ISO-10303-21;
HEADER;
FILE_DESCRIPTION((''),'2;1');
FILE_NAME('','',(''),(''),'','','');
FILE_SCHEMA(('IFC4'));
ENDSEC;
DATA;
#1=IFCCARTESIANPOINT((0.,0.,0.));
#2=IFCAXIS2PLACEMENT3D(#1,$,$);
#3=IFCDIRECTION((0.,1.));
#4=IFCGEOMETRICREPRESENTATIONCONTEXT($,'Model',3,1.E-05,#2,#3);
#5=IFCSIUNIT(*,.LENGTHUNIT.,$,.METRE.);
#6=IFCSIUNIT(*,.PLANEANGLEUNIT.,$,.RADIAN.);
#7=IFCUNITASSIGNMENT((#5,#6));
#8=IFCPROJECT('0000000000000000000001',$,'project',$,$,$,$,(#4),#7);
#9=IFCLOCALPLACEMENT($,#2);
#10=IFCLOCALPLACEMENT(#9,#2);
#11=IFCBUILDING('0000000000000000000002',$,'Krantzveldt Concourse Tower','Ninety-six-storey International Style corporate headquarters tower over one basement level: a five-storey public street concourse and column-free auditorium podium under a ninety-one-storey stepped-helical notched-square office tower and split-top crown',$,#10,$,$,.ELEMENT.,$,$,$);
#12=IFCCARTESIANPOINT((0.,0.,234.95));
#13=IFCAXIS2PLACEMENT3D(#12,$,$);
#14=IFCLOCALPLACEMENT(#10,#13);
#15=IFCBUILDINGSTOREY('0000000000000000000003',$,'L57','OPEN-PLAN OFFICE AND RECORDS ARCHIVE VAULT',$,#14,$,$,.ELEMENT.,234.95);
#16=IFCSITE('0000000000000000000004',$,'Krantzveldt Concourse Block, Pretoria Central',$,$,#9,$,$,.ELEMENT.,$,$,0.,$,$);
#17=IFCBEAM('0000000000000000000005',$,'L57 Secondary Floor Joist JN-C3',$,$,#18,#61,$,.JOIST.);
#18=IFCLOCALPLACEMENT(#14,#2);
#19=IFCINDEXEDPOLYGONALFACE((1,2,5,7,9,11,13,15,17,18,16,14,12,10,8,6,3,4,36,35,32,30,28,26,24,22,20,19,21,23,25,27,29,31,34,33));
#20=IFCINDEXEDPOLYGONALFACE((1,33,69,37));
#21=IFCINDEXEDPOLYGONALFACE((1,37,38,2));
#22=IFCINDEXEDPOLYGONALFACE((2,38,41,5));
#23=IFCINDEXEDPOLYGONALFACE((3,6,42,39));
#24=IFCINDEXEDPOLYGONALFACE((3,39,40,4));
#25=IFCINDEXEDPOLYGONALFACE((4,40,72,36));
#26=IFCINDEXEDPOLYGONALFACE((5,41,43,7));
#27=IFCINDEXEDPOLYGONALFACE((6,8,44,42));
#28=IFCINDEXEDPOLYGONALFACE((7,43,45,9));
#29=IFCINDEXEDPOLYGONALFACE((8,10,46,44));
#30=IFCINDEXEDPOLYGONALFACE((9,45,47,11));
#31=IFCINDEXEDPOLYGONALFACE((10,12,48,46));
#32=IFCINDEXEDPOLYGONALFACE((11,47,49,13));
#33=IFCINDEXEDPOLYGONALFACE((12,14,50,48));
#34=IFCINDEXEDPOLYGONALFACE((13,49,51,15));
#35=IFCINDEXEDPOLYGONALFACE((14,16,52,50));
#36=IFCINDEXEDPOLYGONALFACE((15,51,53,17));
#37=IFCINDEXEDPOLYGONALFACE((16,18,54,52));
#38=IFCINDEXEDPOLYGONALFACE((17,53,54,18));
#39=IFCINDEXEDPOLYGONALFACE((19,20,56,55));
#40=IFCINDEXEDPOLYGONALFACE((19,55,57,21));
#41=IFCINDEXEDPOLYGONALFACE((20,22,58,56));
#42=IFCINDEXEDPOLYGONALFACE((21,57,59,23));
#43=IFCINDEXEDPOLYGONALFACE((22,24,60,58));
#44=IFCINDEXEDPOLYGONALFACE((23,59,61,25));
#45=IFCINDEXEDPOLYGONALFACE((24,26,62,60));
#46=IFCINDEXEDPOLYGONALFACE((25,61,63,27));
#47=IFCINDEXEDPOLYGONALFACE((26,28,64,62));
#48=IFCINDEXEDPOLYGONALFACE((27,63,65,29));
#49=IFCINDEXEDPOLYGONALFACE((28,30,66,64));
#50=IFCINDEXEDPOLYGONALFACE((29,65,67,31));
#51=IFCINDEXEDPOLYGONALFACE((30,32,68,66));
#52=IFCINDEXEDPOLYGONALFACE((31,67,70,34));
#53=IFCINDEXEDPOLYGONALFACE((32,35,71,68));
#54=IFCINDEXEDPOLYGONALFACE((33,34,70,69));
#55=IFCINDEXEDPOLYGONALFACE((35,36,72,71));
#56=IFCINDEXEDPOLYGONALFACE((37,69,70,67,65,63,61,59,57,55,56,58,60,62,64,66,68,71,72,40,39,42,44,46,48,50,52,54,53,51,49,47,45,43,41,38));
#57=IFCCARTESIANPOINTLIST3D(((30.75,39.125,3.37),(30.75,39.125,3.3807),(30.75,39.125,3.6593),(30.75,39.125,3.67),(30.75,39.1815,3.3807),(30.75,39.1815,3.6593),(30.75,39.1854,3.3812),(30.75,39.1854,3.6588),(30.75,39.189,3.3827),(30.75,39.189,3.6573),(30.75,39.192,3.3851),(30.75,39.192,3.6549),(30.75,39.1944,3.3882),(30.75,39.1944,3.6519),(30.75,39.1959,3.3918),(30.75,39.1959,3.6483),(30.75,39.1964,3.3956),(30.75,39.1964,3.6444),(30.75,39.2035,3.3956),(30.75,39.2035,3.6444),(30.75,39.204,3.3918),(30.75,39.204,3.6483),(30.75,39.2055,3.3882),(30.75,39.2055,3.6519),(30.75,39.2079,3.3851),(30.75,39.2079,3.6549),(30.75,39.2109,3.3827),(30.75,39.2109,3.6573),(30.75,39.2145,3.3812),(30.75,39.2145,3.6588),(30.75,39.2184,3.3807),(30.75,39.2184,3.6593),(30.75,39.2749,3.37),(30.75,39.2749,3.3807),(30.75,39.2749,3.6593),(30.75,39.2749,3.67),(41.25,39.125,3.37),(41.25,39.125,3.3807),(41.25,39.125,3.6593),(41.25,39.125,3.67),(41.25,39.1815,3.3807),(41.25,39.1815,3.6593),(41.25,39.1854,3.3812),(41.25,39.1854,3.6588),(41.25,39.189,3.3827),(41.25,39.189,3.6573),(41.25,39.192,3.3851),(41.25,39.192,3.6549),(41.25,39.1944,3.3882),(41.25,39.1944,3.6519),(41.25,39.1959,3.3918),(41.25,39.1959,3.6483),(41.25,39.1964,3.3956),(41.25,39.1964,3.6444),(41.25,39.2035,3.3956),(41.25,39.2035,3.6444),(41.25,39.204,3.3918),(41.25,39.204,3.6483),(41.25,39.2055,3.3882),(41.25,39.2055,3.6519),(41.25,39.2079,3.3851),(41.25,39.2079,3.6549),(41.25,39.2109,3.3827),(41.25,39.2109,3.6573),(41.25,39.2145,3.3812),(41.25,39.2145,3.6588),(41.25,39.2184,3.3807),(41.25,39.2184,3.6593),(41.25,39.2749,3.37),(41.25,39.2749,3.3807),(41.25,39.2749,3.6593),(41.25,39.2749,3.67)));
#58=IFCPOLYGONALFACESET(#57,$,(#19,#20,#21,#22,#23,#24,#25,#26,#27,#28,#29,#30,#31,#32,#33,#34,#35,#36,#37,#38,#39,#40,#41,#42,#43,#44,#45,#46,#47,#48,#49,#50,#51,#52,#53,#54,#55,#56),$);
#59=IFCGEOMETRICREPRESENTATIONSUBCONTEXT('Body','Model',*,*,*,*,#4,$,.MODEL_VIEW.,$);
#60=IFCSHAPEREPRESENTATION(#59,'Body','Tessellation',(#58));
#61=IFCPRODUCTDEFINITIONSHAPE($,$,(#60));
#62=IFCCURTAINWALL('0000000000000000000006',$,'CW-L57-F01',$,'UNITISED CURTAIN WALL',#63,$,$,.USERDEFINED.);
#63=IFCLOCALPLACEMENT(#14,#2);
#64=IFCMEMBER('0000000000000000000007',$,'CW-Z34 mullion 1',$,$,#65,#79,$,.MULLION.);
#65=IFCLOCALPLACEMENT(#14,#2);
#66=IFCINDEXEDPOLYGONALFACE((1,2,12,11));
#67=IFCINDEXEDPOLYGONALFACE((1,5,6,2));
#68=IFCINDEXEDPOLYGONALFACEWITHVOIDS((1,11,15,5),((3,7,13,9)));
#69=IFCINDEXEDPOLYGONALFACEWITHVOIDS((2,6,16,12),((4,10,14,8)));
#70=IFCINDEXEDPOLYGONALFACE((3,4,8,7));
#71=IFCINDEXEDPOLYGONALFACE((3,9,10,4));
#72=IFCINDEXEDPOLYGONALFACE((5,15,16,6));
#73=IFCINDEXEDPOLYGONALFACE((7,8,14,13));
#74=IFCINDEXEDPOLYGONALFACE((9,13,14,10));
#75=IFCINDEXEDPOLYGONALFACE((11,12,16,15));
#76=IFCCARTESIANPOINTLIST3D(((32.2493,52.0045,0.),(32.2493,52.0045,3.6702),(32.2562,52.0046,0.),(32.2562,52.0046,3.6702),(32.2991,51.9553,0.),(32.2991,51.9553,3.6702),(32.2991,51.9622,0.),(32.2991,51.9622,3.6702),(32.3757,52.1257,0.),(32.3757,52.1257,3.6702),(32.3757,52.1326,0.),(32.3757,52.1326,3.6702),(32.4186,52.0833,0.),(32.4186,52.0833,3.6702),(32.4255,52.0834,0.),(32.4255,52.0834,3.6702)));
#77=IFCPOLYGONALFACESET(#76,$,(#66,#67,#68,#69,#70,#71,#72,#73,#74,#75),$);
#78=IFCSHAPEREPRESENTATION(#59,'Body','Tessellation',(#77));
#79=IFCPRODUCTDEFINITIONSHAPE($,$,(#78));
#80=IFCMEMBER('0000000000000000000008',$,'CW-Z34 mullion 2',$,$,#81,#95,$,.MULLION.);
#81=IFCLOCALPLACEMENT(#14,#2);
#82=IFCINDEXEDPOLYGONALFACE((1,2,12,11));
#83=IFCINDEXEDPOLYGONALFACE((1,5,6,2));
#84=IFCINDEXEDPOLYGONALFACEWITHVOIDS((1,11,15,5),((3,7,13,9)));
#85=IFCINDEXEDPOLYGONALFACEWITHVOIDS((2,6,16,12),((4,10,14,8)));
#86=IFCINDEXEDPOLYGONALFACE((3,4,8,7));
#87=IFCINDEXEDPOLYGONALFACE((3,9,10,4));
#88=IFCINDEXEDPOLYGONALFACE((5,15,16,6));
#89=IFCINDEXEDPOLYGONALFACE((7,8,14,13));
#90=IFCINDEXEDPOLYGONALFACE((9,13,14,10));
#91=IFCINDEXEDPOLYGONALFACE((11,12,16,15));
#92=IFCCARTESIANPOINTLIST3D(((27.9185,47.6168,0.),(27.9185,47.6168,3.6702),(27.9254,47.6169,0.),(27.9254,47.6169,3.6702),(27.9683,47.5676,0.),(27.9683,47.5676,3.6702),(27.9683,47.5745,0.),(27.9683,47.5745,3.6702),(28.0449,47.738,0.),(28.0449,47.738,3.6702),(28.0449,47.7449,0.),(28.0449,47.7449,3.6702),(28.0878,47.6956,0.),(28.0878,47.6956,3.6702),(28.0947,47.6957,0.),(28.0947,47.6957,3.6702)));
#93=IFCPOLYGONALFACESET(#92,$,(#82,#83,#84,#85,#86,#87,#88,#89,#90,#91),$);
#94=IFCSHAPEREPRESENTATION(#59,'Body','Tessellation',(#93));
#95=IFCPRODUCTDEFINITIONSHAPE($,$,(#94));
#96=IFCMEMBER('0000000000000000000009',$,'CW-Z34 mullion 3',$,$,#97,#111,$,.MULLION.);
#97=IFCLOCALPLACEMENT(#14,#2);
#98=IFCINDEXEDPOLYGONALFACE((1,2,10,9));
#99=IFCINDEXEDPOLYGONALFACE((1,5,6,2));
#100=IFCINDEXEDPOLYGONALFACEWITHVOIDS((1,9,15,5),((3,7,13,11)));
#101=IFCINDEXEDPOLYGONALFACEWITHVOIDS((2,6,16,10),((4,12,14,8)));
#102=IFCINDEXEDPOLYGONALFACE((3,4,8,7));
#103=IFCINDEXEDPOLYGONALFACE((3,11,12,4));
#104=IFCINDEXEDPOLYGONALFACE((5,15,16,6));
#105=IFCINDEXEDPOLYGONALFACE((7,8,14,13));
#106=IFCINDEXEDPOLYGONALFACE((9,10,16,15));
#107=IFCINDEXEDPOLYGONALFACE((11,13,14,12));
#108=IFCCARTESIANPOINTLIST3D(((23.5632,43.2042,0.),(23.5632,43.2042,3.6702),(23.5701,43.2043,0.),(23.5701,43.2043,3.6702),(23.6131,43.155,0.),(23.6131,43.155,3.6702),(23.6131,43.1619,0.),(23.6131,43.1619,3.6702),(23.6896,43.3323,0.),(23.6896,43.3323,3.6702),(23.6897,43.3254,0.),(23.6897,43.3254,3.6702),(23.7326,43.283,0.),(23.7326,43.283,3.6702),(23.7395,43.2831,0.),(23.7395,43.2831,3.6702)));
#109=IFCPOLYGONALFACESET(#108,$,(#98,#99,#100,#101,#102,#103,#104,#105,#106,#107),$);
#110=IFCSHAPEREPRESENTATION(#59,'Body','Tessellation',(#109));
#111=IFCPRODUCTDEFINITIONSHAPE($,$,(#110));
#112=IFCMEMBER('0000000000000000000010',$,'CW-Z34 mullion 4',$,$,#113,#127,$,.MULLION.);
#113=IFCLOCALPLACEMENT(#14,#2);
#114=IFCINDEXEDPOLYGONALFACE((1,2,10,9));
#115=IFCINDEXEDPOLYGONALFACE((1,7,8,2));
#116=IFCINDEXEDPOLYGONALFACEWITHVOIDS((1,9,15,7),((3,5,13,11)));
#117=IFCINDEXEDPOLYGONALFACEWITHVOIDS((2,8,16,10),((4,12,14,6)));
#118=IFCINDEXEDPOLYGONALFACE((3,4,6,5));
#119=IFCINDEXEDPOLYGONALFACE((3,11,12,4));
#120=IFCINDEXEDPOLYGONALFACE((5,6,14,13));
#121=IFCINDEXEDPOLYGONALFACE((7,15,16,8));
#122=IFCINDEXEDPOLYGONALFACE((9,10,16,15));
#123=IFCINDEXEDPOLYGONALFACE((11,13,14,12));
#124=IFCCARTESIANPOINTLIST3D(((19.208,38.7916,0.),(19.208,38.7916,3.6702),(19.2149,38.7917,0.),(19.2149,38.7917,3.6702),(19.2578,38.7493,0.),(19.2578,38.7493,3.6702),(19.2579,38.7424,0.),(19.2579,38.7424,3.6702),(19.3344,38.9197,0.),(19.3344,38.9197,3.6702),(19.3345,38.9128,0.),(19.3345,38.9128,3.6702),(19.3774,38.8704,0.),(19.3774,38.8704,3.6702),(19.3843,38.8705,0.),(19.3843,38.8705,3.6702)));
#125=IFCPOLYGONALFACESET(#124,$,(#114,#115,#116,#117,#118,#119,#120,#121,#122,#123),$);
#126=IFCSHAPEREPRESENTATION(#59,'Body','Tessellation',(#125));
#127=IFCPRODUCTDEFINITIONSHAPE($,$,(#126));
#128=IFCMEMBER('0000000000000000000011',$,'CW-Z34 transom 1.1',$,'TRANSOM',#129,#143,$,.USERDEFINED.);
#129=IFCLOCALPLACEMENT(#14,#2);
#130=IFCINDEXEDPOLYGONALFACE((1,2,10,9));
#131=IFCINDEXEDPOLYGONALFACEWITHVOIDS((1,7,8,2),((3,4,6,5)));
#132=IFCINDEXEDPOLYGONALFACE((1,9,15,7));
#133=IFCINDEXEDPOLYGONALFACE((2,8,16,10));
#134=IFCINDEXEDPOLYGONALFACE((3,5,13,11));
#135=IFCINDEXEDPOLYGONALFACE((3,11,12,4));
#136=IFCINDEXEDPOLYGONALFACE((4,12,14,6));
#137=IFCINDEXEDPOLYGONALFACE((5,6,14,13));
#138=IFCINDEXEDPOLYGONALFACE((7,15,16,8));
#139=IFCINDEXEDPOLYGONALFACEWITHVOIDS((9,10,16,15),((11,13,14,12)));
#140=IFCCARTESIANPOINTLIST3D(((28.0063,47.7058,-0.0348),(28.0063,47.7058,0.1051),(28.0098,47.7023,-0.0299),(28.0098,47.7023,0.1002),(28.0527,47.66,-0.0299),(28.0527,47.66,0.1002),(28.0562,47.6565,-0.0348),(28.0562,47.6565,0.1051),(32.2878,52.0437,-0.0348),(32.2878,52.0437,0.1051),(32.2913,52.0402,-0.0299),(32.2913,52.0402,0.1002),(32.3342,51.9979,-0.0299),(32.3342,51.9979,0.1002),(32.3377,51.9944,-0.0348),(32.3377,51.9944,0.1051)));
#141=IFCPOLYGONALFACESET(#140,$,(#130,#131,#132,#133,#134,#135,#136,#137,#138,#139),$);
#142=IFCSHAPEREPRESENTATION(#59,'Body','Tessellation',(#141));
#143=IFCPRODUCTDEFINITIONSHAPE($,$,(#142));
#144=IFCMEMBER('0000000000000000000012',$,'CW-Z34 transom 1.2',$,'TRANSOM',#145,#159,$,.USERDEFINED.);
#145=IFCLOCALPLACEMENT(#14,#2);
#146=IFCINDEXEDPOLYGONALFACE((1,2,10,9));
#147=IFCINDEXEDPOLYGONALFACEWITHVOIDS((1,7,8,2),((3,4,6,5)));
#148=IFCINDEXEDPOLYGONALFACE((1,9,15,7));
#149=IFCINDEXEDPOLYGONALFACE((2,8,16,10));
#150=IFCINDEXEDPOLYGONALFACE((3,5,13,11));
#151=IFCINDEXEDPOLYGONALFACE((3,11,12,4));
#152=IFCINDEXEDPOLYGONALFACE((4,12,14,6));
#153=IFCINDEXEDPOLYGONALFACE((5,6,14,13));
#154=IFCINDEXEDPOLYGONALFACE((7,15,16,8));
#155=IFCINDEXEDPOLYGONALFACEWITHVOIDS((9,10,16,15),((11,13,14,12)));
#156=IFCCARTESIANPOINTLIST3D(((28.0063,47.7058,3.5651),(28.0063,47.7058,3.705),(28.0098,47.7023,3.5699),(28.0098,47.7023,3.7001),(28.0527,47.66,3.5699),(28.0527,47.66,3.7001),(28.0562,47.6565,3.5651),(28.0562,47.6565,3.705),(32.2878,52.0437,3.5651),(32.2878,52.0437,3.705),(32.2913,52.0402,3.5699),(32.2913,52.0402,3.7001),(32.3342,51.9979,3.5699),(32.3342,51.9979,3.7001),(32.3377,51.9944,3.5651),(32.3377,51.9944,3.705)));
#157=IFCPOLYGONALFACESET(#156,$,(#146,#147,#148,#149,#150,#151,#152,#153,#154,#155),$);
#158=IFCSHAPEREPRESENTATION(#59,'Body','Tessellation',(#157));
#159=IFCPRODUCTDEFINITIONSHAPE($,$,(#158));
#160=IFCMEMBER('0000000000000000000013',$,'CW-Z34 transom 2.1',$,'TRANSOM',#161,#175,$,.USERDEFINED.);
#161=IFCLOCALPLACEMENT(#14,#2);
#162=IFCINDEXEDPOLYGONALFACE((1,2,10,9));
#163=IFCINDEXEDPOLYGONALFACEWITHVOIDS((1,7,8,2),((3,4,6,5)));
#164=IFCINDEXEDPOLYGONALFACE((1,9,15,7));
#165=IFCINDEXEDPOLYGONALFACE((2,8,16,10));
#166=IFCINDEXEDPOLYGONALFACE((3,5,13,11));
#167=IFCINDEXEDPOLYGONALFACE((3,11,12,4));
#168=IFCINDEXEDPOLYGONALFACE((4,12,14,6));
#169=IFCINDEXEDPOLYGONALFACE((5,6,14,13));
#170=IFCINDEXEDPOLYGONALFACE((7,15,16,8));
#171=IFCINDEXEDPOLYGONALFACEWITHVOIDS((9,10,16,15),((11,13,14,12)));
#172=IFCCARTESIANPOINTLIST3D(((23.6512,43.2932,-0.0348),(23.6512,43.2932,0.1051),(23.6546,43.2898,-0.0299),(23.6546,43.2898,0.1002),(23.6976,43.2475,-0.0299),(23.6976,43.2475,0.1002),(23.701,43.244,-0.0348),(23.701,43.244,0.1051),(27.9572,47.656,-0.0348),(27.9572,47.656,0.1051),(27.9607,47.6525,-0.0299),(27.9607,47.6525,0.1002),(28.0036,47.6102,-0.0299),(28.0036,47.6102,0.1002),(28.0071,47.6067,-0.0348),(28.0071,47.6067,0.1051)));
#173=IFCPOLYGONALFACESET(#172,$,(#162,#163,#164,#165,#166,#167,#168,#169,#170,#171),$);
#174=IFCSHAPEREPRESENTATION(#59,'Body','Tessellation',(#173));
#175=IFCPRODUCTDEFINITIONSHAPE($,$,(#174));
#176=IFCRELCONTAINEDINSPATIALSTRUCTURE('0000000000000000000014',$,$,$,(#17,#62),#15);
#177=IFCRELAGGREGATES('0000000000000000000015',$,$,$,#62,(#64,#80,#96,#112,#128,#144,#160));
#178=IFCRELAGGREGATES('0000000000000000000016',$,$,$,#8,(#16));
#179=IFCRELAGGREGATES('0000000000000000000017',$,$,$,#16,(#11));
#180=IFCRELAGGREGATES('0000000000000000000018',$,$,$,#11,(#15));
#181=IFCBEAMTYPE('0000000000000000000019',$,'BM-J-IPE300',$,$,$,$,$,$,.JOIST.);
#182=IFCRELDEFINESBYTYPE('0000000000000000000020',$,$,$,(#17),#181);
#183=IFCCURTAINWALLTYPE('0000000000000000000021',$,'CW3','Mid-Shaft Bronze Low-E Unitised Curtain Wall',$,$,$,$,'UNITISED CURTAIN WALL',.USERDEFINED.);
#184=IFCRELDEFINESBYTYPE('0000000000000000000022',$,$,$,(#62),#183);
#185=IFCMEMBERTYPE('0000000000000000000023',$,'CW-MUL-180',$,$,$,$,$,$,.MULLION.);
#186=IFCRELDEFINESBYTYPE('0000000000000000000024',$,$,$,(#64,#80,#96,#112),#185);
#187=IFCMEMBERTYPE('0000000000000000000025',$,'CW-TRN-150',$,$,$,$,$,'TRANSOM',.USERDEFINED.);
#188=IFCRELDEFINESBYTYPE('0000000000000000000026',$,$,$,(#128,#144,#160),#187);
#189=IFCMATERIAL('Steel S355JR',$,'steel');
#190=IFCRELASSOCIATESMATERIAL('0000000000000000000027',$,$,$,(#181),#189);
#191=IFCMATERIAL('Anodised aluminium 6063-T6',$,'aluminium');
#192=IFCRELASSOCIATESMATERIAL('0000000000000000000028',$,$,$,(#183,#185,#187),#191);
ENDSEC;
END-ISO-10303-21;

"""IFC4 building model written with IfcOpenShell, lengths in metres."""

from ifc_helpers import new_model, si_unit, direction, frame, origin, origin_2d, place, context, subcontext, project, spatial, hollow_rectangle, i_section, extrude, source, transform, mapped, material, material_profile, profile_set, type_object, type_shapes, element, aggregate, save


model = new_model("IFC4")

# Units and contexts
model_context = context("Model", 3, precision=1e-05, world=origin(), true_north=direction((0.0, 1.0)))
body_context = subcontext(model_context, "Body", "Model", "MODEL_VIEW")
ifc_project = project(units=[si_unit("LENGTHUNIT", "METRE"), si_unit("PLANEANGLEUNIT", "RADIAN")], contexts=[model_context])

# Site, building, storey
site_placement = place(None, origin())
site = spatial("IfcSite", under=ifc_project, at=site_placement, Name="Krantzveldt Concourse Block, Pretoria Central", CompositionType="ELEMENT", RefElevation=0.0)
building_placement = place(site_placement, origin())
building = spatial("IfcBuilding", under=site, at=building_placement, Name="Krantzveldt Concourse Tower", Description="Ninety-six-storey International Style corporate headquarters tower over one basement level: a five-storey public street concourse and column-free auditorium podium under a ninety-one-storey stepped-helical notched-square office tower and split-top crown", CompositionType="ELEMENT")
storey_placement = place(building_placement, frame((0.0, 0.0, 234.95)))
storey = spatial("IfcBuildingStorey", under=building, at=storey_placement, Name="L57", Description="OPEN-PLAN OFFICE AND RECORDS ARCHIVE VAULT", CompositionType="ELEMENT", Elevation=234.95)

# Beam
ifc_material_1 = material(Name="Steel S355JR", Category="steel")
ifc_material_profile_1 = material_profile(ifc_material_1, i_section(OverallWidth=0.1499, OverallDepth=0.3, WebThickness=0.0071, FlangeThickness=0.0107, FilletRadius=0.0149, at=origin_2d()), Name="Steel S355JR", Category="steel")
ifc_profile_set_1 = profile_set([ifc_material_profile_1], Name="Steel S355JR - IPE 300")
beam_type_1 = type_object("IfcBeamType", Name="BM-J-IPE300", PredefinedType="JOIST", material=ifc_profile_set_1)
shared_shape_1 = source(origin(), body_context, "Body", "SweptSolid", [
    extrude(i_section(OverallWidth=0.1499, OverallDepth=0.3, WebThickness=0.0071, FlangeThickness=0.0107, FilletRadius=0.0149, at=origin_2d()), origin(), (0.0, 0.0, 1.0), 10.5),
])
type_shapes(beam_type_1, [shared_shape_1])
beam_1_placement = place(storey_placement, frame((30.75, 39.2, 3.52), z_axis=(1.0, 0.0, 0.0), x_axis=(0.0, 1.0, 0.0)))
element("IfcBeam", 1, at=beam_1_placement, inside=storey, type_object=beam_type_1, Name="L57 Secondary Floor Joist JN-C3", PredefinedType="JOIST", context=body_context, shape_type="MappedRepresentation", body=[
    mapped(shared_shape_1, transform((0.0, 0.0, 0.0), x_axis=(1.0, 0.0, 0.0), y_axis=(0.0, 1.0, 0.0), z_axis=(0.0, 0.0, 1.0), scale=1.0)),
])

# Curtain wall, members
ifc_material_2 = material(Name="Anodised aluminium 6063-T6", Category="aluminium")
curtain_wall_type = type_object("IfcCurtainWallType", Name="CW3", Description="Mid-Shaft Bronze Low-E Unitised Curtain Wall", ElementType="UNITISED CURTAIN WALL", PredefinedType="USERDEFINED", material=ifc_material_2)
curtain_wall_placement = place(storey_placement, origin())
curtain_wall = element("IfcCurtainWall", 2, at=curtain_wall_placement, inside=storey, type_object=curtain_wall_type, Name="CW-L57-F01", ObjectType="UNITISED CURTAIN WALL", PredefinedType="USERDEFINED")
ifc_material_profile_2 = material_profile(ifc_material_2, hollow_rectangle(XDim=0.0701, YDim=0.1799, WallThickness=0.0049, at=origin_2d()), Name="Anodised aluminium 6063-T6", Category="aluminium")
ifc_profile_set_2 = profile_set([ifc_material_profile_2], Name="Anodised aluminium 6063-T6 - ALU-MULL 180x70x5")
member_type_1 = type_object("IfcMemberType", Name="CW-MUL-180", PredefinedType="MULLION", material=ifc_profile_set_2)
shared_shape_2 = source(origin(), body_context, "Body", "SweptSolid", [
    extrude(hollow_rectangle(XDim=0.0701, YDim=0.1799, WallThickness=0.0049, at=origin_2d()), origin(), (0.0, 0.0, 1.0), 3.6702),
])
type_shapes(member_type_1, [shared_shape_2])
member_1_placement = place(storey_placement, frame((32.3374, 52.0439, 0.0), z_axis=(0.0, 0.0, 1.0), x_axis=(0.71172, -0.702464, 0.0)))
member_1 = element("IfcMember", 3, at=member_1_placement, type_object=member_type_1, Name="CW-Z34 mullion 1", PredefinedType="MULLION", context=body_context, shape_type="MappedRepresentation", body=[
    mapped(shared_shape_2, transform((0.0, 0.0, 0.0), x_axis=(1.0, 0.0, 0.0), y_axis=(0.0, 1.0, 0.0), z_axis=(0.0, 0.0, 1.0), scale=1.0)),
])
member_2_placement = place(storey_placement, frame((28.0066, 47.6562, 0.0), z_axis=(0.0, 0.0, 1.0), x_axis=(0.71172, -0.702464, 0.0)))
member_2 = element("IfcMember", 4, at=member_2_placement, type_object=member_type_1, Name="CW-Z34 mullion 2", PredefinedType="MULLION", context=body_context, shape_type="MappedRepresentation", body=[
    mapped(shared_shape_2, transform((0.0, 0.0, 0.0), x_axis=(1.0, 0.0, 0.0), y_axis=(0.0, 1.0, 0.0), z_axis=(0.0, 0.0, 1.0), scale=1.0)),
])
member_3_placement = place(storey_placement, frame((23.6514, 43.2437, 0.0), z_axis=(0.0, 0.0, 1.0), x_axis=(0.71172, -0.702464, 0.0)))
member_3 = element("IfcMember", 5, at=member_3_placement, type_object=member_type_1, Name="CW-Z34 mullion 3", PredefinedType="MULLION", context=body_context, shape_type="MappedRepresentation", body=[
    mapped(shared_shape_2, transform((0.0, 0.0, 0.0), x_axis=(1.0, 0.0, 0.0), y_axis=(0.0, 1.0, 0.0), z_axis=(0.0, 0.0, 1.0), scale=1.0)),
])
member_4_placement = place(storey_placement, frame((19.2961, 38.8311, 0.0), z_axis=(0.0, 0.0, 1.0), x_axis=(0.71172, -0.702464, 0.0)))
member_4 = element("IfcMember", 6, at=member_4_placement, type_object=member_type_1, Name="CW-Z34 mullion 4", PredefinedType="MULLION", context=body_context, shape_type="MappedRepresentation", body=[
    mapped(shared_shape_2, transform((0.0, 0.0, 0.0), x_axis=(1.0, 0.0, 0.0), y_axis=(0.0, 1.0, 0.0), z_axis=(0.0, 0.0, 1.0), scale=1.0)),
])
ifc_material_profile_3 = material_profile(ifc_material_2, hollow_rectangle(XDim=0.0701, YDim=0.1399, WallThickness=0.0049, at=origin_2d()), Name="Anodised aluminium 6063-T6", Category="aluminium")
ifc_profile_set_3 = profile_set([ifc_material_profile_3], Name="Anodised aluminium 6063-T6 - ALU-TRAN 140x70x5")
member_type_2 = type_object("IfcMemberType", Name="CW-TRN-150", ElementType="TRANSOM", PredefinedType="USERDEFINED", material=ifc_profile_set_3)
shared_shape_3 = source(origin(), body_context, "Body", "SweptSolid", [
    extrude(hollow_rectangle(XDim=0.0701, YDim=0.1399, WallThickness=0.0049, at=origin_2d()), origin(), (0.0, 0.0, 1.0), 6.095),
])
member_5_placement = place(storey_placement, frame((32.3127, 52.019, 0.0352), z_axis=(-0.702465, -0.711718, 0.0), x_axis=(0.711718, -0.702465, 0.0)))
member_5 = element("IfcMember", 7, at=member_5_placement, type_object=member_type_2, Name="CW-Z34 transom 1.1", ObjectType="TRANSOM", PredefinedType="USERDEFINED", context=body_context, shape_type="MappedRepresentation", body=[
    mapped(shared_shape_3, transform((0.0, 0.0, 0.0), x_axis=(1.0, 0.0, 0.0), y_axis=(0.0, 1.0, 0.0), z_axis=(0.0, 0.0, 1.0), scale=1.0)),
])
member_6_placement = place(storey_placement, frame((32.3127, 52.019, 3.635), z_axis=(-0.702465, -0.711718, 0.0), x_axis=(0.711718, -0.702465, 0.0)))
member_6 = element("IfcMember", 8, at=member_6_placement, type_object=member_type_2, Name="CW-Z34 transom 1.2", ObjectType="TRANSOM", PredefinedType="USERDEFINED", context=body_context, shape_type="MappedRepresentation", body=[
    mapped(shared_shape_3, transform((0.0, 0.0, 0.0), x_axis=(1.0, 0.0, 0.0), y_axis=(0.0, 1.0, 0.0), z_axis=(0.0, 0.0, 1.0), scale=1.0)),
])
shared_shape_4 = source(origin(), body_context, "Body", "SweptSolid", [
    extrude(hollow_rectangle(XDim=0.0701, YDim=0.1399, WallThickness=0.0049, at=origin_2d()), origin(), (0.0, 0.0, 1.0), 6.1299),
])
type_shapes(member_type_2, [shared_shape_3, shared_shape_4])
member_7_placement = place(storey_placement, frame((27.9822, 47.6313, 0.0352), z_axis=(-0.702472, -0.711712, 0.0), x_axis=(0.711712, -0.702472, 0.0)))
member_7 = element("IfcMember", 9, at=member_7_placement, type_object=member_type_2, Name="CW-Z34 transom 2.1", ObjectType="TRANSOM", PredefinedType="USERDEFINED", context=body_context, shape_type="MappedRepresentation", body=[
    mapped(shared_shape_4, transform((0.0, 0.0, 0.0), x_axis=(1.0, 0.0, 0.0), y_axis=(0.0, 1.0, 0.0), z_axis=(0.0, 0.0, 1.0), scale=1.0)),
])
aggregate(curtain_wall, [member_1, member_2, member_3, member_4, member_5, member_6, member_7])

save(model, "model.ifc")
